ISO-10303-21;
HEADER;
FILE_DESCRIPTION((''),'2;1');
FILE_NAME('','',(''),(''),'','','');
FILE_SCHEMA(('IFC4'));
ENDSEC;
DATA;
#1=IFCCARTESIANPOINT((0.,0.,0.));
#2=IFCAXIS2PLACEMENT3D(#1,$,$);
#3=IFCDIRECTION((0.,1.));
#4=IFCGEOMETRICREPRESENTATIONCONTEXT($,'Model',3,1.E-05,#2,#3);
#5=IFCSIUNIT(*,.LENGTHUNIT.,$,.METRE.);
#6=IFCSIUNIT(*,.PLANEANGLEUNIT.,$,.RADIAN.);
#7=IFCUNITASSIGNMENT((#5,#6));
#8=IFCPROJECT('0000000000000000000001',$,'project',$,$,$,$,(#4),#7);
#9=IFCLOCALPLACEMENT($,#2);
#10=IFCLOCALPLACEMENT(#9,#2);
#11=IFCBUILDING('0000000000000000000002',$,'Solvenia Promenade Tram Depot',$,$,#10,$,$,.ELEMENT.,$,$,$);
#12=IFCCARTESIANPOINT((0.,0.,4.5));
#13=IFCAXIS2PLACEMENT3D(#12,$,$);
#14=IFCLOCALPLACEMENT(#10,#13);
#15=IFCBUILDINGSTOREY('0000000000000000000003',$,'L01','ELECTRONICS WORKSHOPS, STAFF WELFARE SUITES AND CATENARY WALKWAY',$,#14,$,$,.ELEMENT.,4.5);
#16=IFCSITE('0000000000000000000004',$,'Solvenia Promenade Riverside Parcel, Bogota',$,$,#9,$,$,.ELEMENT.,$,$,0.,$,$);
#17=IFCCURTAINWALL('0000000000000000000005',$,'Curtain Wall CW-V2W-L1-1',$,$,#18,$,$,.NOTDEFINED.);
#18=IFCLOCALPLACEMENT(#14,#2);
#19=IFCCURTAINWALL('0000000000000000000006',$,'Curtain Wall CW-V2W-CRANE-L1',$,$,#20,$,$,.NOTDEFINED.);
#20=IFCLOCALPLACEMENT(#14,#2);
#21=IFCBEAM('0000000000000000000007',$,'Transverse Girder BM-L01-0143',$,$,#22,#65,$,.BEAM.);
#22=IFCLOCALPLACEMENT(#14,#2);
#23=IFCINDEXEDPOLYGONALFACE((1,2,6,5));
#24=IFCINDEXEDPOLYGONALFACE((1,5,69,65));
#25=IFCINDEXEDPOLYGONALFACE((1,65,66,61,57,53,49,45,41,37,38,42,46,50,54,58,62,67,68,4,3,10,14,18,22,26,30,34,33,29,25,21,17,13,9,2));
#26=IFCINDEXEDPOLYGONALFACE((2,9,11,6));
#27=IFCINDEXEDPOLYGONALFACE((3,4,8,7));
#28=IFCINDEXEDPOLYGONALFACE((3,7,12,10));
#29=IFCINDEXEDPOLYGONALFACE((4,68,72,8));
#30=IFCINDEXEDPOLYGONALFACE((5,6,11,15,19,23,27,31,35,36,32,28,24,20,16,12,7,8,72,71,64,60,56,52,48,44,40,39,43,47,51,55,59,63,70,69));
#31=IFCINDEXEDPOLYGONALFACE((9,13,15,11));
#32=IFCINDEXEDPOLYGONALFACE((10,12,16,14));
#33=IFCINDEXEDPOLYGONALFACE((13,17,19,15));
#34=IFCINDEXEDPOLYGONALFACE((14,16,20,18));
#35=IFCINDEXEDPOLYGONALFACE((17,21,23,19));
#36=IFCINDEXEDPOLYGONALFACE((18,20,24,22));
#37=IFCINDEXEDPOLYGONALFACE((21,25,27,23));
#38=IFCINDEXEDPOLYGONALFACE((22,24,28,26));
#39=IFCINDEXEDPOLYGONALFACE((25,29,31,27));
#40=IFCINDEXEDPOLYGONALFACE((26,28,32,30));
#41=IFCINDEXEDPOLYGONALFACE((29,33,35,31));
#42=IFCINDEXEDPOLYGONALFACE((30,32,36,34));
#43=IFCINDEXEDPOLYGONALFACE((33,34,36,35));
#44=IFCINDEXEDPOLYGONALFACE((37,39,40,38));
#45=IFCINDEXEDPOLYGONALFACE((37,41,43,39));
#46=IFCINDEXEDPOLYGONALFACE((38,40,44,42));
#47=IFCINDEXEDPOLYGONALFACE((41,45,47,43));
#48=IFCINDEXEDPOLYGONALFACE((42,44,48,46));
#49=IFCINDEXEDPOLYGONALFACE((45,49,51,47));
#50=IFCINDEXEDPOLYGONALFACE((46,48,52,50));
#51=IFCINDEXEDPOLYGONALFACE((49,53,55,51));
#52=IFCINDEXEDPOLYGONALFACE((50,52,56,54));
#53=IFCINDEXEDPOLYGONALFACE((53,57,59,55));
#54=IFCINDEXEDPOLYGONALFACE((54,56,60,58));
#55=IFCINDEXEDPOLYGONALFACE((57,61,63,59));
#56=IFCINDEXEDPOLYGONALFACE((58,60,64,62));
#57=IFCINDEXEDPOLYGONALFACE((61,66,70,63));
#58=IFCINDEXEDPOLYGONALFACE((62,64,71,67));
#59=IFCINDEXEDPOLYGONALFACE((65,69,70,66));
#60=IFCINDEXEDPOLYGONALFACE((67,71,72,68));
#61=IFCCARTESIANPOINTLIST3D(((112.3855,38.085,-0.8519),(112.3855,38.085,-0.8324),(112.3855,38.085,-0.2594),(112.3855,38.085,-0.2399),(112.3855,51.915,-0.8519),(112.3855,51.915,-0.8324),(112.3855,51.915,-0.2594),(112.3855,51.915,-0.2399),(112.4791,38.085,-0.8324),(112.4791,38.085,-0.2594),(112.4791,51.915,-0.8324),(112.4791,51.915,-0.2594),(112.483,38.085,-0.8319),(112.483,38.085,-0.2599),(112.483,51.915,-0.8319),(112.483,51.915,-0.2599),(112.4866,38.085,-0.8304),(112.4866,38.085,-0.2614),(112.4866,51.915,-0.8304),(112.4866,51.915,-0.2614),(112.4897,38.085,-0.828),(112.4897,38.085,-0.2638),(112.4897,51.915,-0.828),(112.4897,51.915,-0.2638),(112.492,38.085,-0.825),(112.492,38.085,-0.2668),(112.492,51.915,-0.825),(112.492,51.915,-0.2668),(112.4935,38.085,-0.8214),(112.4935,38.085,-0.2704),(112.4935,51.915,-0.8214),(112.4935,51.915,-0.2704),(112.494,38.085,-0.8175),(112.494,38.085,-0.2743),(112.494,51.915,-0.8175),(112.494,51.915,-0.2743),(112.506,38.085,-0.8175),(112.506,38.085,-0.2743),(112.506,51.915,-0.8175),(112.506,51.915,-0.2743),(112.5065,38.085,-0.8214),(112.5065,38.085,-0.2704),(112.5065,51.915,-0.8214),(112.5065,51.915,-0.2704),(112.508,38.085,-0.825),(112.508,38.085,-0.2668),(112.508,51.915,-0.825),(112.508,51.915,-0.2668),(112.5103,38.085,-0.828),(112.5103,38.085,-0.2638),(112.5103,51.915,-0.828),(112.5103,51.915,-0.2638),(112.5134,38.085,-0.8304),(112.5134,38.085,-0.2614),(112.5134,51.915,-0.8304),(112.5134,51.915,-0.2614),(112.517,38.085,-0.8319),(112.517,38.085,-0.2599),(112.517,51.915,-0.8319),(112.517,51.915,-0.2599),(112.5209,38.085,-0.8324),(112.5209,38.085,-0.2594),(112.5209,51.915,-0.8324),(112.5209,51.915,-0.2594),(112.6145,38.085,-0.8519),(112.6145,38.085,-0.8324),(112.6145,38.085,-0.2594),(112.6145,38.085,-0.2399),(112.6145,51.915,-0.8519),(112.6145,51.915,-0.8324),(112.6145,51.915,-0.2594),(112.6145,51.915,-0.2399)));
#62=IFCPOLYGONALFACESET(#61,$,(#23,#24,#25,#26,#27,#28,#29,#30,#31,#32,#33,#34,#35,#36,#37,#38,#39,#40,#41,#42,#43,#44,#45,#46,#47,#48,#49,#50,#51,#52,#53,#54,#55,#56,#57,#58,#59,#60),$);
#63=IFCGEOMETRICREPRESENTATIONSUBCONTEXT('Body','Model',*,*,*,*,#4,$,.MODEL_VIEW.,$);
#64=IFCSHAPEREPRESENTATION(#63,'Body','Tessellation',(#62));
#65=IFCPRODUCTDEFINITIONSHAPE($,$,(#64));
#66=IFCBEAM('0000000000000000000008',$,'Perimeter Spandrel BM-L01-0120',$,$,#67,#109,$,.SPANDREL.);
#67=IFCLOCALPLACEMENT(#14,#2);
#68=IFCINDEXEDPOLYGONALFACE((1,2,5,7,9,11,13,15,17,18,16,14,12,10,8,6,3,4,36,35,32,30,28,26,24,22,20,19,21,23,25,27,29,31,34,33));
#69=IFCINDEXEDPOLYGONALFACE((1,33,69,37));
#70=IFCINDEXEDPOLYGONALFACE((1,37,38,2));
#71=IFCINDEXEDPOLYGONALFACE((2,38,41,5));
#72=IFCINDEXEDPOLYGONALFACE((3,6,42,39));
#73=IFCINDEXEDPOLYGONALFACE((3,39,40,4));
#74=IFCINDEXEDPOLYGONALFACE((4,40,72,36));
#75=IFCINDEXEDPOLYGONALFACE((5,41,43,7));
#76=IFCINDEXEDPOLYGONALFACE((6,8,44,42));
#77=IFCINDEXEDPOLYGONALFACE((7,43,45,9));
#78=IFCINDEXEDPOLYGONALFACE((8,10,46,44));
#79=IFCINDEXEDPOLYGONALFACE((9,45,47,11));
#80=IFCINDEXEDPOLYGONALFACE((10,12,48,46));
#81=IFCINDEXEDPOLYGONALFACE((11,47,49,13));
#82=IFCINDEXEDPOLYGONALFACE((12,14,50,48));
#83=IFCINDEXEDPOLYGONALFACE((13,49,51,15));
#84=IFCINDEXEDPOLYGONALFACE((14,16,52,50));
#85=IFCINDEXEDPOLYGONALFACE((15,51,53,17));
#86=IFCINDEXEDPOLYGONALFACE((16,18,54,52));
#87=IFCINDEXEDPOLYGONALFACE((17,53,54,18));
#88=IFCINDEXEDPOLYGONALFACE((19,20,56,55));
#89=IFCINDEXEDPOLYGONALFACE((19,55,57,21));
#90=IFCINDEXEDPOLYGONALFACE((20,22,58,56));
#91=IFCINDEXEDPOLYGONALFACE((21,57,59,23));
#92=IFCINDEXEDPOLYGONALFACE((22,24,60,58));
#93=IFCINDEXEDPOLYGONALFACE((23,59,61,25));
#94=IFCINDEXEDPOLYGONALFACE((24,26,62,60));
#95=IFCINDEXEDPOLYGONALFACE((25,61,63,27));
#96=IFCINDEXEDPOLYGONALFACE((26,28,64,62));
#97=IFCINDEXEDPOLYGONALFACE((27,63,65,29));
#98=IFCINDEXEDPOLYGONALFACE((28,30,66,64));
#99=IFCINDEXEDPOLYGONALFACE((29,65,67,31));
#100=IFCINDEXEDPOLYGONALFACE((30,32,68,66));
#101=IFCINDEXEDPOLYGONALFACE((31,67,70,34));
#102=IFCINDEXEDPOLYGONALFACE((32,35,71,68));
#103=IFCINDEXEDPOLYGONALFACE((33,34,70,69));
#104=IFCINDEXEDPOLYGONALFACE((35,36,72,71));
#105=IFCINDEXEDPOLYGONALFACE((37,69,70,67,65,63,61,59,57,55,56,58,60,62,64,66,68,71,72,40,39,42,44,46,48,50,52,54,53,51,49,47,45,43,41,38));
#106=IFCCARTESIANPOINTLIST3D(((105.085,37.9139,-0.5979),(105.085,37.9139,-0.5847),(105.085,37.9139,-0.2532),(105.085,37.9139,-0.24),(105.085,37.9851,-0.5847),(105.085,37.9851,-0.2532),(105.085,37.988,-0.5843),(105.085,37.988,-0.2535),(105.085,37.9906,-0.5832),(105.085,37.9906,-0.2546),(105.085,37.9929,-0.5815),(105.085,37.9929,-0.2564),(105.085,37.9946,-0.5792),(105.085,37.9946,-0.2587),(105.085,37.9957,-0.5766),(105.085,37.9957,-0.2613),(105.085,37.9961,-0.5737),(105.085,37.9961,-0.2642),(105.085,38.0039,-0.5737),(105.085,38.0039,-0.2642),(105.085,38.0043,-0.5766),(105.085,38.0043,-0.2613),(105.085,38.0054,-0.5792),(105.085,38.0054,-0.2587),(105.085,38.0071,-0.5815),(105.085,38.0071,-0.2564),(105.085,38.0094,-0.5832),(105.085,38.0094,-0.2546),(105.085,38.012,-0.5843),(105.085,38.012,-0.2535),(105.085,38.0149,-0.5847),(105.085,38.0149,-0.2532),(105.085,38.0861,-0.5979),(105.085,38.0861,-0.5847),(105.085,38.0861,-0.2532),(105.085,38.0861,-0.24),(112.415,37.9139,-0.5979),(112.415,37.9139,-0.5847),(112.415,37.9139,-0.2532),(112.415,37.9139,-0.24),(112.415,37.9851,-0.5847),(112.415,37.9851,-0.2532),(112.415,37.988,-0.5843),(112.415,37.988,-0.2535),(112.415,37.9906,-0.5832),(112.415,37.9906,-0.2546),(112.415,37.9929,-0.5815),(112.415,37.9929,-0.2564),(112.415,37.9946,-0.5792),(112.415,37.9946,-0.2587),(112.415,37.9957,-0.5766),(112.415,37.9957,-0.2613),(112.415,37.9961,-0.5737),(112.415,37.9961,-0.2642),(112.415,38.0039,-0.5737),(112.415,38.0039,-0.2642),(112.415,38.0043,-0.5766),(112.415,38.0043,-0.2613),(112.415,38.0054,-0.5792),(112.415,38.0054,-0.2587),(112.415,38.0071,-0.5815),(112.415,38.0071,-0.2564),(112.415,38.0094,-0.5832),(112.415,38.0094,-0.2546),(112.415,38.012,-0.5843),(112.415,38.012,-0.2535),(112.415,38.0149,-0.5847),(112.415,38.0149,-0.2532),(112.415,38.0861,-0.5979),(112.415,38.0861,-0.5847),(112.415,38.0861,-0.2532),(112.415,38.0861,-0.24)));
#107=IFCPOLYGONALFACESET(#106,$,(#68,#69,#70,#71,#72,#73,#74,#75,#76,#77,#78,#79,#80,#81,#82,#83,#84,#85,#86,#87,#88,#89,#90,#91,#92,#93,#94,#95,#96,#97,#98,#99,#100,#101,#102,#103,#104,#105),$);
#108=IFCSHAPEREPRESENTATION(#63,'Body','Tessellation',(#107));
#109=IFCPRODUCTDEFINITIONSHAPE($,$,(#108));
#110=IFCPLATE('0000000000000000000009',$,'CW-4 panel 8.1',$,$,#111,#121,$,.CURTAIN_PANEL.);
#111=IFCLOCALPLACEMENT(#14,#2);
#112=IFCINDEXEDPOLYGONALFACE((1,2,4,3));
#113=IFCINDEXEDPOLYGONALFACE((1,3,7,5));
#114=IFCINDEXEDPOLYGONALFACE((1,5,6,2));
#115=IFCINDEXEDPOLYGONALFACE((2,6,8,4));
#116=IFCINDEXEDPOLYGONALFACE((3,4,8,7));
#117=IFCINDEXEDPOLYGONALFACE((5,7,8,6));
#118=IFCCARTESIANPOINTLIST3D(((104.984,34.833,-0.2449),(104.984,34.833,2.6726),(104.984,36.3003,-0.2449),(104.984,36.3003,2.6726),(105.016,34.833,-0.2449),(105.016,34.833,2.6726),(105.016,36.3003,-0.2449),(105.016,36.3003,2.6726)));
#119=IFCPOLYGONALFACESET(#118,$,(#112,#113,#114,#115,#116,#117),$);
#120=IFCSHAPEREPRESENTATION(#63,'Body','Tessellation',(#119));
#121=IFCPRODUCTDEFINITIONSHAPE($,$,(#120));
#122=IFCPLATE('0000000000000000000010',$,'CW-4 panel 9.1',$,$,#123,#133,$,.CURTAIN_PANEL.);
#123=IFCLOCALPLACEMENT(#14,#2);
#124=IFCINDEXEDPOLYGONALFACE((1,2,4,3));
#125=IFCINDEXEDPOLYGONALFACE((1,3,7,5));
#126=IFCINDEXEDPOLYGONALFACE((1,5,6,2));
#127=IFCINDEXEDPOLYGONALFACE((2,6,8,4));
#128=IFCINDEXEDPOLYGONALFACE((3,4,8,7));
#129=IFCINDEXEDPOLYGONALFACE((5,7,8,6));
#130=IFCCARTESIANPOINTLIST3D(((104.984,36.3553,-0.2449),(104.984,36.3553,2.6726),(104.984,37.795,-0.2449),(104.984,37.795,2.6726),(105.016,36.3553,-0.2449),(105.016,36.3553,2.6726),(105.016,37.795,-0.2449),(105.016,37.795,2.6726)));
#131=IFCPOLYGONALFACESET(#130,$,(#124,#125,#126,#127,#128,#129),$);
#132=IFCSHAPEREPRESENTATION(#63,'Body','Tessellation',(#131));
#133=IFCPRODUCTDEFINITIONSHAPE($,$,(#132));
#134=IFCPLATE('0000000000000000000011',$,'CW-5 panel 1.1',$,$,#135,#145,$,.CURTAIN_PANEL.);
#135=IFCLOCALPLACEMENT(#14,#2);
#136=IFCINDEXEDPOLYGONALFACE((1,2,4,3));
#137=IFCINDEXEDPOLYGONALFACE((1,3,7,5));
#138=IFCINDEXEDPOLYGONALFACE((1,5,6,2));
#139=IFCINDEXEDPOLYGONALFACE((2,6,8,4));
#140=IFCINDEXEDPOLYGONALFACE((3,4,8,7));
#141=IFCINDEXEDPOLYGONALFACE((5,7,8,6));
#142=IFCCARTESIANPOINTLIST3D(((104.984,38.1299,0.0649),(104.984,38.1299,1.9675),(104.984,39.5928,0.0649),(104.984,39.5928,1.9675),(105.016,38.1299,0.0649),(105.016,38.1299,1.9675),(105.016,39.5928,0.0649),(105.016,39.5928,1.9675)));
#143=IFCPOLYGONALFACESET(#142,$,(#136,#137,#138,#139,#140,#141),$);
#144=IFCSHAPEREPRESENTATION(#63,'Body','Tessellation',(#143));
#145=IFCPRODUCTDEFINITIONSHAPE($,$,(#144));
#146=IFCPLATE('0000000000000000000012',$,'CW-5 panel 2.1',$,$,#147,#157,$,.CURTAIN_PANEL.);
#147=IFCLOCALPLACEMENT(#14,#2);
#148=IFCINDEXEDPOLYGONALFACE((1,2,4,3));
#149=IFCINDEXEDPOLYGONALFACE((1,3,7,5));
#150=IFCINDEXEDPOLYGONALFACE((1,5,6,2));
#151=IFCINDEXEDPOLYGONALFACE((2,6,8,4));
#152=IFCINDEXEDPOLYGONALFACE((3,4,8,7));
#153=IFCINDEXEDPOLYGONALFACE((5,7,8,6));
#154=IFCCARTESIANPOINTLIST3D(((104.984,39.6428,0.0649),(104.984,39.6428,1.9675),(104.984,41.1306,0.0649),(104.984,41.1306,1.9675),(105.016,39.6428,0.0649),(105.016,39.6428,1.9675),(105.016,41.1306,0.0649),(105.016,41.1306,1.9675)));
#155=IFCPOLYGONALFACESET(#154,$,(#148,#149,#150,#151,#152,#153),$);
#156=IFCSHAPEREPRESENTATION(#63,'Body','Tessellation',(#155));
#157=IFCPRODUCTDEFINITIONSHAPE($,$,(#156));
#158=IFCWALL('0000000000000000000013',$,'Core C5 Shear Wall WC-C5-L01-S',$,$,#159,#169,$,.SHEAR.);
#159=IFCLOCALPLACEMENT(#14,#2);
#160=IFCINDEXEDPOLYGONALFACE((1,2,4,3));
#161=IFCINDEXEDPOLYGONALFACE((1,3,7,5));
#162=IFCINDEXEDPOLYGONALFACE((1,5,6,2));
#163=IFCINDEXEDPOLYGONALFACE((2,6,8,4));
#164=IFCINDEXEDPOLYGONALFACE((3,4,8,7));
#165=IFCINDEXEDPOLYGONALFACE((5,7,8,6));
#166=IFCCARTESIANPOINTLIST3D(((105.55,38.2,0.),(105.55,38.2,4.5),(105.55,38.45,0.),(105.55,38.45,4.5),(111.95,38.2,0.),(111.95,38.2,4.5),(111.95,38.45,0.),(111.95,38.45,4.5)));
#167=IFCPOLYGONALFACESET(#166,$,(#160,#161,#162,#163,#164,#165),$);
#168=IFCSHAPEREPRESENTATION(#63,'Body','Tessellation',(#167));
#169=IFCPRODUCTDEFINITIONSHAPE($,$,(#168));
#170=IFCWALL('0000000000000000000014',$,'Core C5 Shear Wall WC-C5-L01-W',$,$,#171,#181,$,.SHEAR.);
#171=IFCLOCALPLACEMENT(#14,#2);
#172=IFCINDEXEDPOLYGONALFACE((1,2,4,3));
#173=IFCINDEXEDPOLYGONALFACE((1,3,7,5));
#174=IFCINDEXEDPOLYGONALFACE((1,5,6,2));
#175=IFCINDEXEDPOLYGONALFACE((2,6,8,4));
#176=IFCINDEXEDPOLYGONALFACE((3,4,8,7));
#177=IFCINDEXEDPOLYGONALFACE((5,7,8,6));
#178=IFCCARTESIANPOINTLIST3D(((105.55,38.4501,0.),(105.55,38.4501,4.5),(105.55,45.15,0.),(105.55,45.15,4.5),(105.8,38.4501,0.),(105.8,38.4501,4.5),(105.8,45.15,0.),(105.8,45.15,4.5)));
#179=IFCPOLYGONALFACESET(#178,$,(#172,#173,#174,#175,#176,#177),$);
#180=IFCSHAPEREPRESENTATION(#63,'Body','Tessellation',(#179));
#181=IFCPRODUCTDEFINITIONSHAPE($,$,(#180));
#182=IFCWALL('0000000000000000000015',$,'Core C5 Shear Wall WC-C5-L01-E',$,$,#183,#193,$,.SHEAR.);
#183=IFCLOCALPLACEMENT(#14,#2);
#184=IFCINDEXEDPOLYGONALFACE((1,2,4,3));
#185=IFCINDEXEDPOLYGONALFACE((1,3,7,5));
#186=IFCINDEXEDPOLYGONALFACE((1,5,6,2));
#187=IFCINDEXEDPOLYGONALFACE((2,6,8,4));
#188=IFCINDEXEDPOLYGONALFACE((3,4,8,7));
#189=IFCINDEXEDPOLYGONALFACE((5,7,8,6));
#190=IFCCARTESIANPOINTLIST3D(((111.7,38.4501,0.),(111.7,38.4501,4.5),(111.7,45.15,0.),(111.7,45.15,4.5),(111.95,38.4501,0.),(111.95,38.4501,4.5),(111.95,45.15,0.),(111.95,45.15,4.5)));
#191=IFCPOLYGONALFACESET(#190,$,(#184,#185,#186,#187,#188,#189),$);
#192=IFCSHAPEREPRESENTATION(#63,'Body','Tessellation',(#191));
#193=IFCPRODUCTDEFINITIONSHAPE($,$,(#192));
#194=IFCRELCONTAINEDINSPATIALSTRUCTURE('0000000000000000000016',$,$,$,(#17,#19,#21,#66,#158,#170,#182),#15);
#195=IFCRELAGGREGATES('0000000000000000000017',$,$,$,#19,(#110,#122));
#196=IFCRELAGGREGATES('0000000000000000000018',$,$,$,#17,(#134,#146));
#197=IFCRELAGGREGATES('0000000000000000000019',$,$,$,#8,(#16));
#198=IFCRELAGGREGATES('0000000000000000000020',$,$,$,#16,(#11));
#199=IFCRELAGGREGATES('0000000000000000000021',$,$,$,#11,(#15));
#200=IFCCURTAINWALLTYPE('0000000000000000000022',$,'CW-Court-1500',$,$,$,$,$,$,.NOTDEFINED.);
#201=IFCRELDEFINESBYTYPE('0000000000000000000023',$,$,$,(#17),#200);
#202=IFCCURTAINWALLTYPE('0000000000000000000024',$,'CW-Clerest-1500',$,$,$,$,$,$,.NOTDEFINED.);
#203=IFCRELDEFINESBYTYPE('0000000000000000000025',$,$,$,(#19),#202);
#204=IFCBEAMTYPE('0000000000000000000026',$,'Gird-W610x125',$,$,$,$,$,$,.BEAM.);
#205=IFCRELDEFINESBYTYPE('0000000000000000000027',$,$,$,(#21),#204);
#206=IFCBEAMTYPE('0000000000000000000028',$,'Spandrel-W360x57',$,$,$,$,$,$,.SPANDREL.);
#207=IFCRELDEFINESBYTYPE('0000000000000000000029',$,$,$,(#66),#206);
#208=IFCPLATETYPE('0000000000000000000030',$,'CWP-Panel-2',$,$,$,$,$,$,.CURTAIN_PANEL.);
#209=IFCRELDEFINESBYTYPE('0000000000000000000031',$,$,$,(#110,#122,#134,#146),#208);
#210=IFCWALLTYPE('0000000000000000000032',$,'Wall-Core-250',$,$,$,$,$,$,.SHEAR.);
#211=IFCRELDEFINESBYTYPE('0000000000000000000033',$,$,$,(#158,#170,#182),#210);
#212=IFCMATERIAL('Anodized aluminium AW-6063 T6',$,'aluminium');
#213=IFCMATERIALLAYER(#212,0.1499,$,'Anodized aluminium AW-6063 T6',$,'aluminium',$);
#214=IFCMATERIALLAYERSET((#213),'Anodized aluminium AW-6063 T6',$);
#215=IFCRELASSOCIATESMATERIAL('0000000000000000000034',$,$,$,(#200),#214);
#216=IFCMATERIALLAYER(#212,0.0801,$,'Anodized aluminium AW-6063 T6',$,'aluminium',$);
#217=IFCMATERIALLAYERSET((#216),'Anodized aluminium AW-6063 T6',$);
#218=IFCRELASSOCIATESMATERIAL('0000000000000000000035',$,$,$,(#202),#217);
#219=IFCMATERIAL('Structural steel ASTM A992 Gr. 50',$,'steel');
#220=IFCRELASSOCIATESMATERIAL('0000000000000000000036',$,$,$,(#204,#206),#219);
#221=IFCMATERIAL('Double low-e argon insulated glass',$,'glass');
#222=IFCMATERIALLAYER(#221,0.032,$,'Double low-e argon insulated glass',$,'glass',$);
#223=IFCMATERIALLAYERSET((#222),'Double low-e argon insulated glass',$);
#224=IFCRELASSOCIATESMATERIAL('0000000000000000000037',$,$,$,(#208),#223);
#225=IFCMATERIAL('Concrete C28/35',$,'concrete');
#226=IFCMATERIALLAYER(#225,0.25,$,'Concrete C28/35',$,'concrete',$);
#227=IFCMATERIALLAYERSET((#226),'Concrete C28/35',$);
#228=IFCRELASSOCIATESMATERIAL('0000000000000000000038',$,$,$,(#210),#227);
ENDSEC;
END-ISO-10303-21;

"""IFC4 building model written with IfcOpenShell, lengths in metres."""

from ifc_helpers import new_model, si_unit, direction, frame, frame_2d, origin, origin_2d, place, context, subcontext, project, spatial, rectangle, i_section, extrude, material, layer, layer_set, material_profile, profile_set, type_object, element, aggregate, save


model = new_model("IFC4")

# Units and contexts
model_context = context("Model", 3, precision=1e-05, world=origin(), true_north=direction((0.0, 1.0)))
body_context = subcontext(model_context, "Body", "Model", "MODEL_VIEW")
ifc_project = project(units=[si_unit("LENGTHUNIT", "METRE"), si_unit("PLANEANGLEUNIT", "RADIAN")], contexts=[model_context])

# Site, building, storey
site_placement = place(None, origin())
site = spatial("IfcSite", under=ifc_project, at=site_placement, Name="Solvenia Promenade Riverside Parcel, Bogota", CompositionType="ELEMENT", RefElevation=0.0)
building_placement = place(site_placement, origin())
building = spatial("IfcBuilding", under=site, at=building_placement, Name="Solvenia Promenade Tram Depot", CompositionType="ELEMENT")
storey_placement = place(building_placement, frame((0.0, 0.0, 4.5)))
storey = spatial("IfcBuildingStorey", under=building, at=storey_placement, Name="L01", Description="ELECTRONICS WORKSHOPS, STAFF WELFARE SUITES AND CATENARY WALKWAY", CompositionType="ELEMENT", Elevation=4.5)

# Shared definitions
ifc_material_1 = material(Name="Structural steel ASTM A992 Gr. 50", Category="steel")

# Curtain walls
ifc_material_2 = material(Name="Anodized aluminium AW-6063 T6", Category="aluminium")
ifc_layer_1 = layer(ifc_material_2, 0.1499, Name="Anodized aluminium AW-6063 T6", Category="aluminium")
ifc_layer_set_1 = layer_set([ifc_layer_1], Name="Anodized aluminium AW-6063 T6")
curtain_wall_type_1 = type_object("IfcCurtainWallType", Name="CW-Court-1500", PredefinedType="NOTDEFINED", material=ifc_layer_set_1)
curtain_wall_1_placement = place(storey_placement, origin())
curtain_wall_1 = element("IfcCurtainWall", 1, at=curtain_wall_1_placement, inside=storey, type_object=curtain_wall_type_1, Name="Curtain Wall CW-V2W-L1-1", PredefinedType="NOTDEFINED")
ifc_layer_2 = layer(ifc_material_2, 0.0801, Name="Anodized aluminium AW-6063 T6", Category="aluminium")
ifc_layer_set_2 = layer_set([ifc_layer_2], Name="Anodized aluminium AW-6063 T6")
curtain_wall_type_2 = type_object("IfcCurtainWallType", Name="CW-Clerest-1500", PredefinedType="NOTDEFINED", material=ifc_layer_set_2)
curtain_wall_2_placement = place(storey_placement, origin())
curtain_wall_2 = element("IfcCurtainWall", 2, at=curtain_wall_2_placement, inside=storey, type_object=curtain_wall_type_2, Name="Curtain Wall CW-V2W-CRANE-L1", PredefinedType="NOTDEFINED")

# Beams
ifc_material_profile_1 = material_profile(ifc_material_1, i_section(OverallWidth=0.229, OverallDepth=0.6121, WebThickness=0.012, FlangeThickness=0.0195, FilletRadius=0.0149, at=origin_2d()), Name="W610x125", Category="steel")
ifc_profile_set_1 = profile_set([ifc_material_profile_1], Name="Structural steel ASTM A992 Gr. 50")
beam_type_1 = type_object("IfcBeamType", Name="Gird-W610x125", PredefinedType="BEAM", material=ifc_profile_set_1)
for number, where, z_axis, x_axis, name in (
    (3, (112.5, 38.085, -0.5459), (0.0, 1.0, 0.0), (-1.0, 0.0, 0.0), "Transverse Girder BM-L01-0143"),
):
    element("IfcBeam", number, at=place(storey_placement, frame(where, z_axis=z_axis, x_axis=x_axis)), inside=storey, type_object=beam_type_1, Name=name, PredefinedType="BEAM", context=body_context, shape_type="SweptSolid", body=[
        extrude(i_section(OverallWidth=0.229, OverallDepth=0.6121, WebThickness=0.012, FlangeThickness=0.0195, FilletRadius=0.0149, at=origin_2d()), origin(), (0.0, 0.0, 1.0), 13.8301),
    ])
ifc_material_profile_2 = material_profile(ifc_material_1, i_section(OverallWidth=0.1721, OverallDepth=0.3579, WebThickness=0.0078, FlangeThickness=0.0132, FilletRadius=0.011, at=origin_2d()), Name="W360x57", Category="steel")
ifc_profile_set_2 = profile_set([ifc_material_profile_2], Name="Structural steel ASTM A992 Gr. 50")
beam_type_2 = type_object("IfcBeamType", Name="Spandrel-W360x57", PredefinedType="SPANDREL", material=ifc_profile_set_2)
beam_placement = place(storey_placement, frame((105.085, 38.0, -0.4189), z_axis=(1.0, 0.0, 0.0), x_axis=(0.0, 1.0, 0.0)))
element("IfcBeam", 4, at=beam_placement, inside=storey, type_object=beam_type_2, Name="Perimeter Spandrel BM-L01-0120", PredefinedType="SPANDREL", context=body_context, shape_type="SweptSolid", body=[
    extrude(i_section(OverallWidth=0.1721, OverallDepth=0.3579, WebThickness=0.0078, FlangeThickness=0.0132, FilletRadius=0.011, at=origin_2d()), origin(), (0.0, 0.0, 1.0), 7.3301),
])

# Plates
ifc_material_3 = material(Name="Double low-e argon insulated glass", Category="glass")
ifc_layer_3 = layer(ifc_material_3, 0.032, Name="Double low-e argon insulated glass", Category="glass")
ifc_layer_set_3 = layer_set([ifc_layer_3], Name="Double low-e argon insulated glass")
plate_type = type_object("IfcPlateType", Name="CWP-Panel-2", PredefinedType="CURTAIN_PANEL", material=ifc_layer_set_3)
plate_1_placement = place(storey_placement, frame((105.0, 35.5667, -0.2449), z_axis=(0.0, 0.0, 1.0), x_axis=(0.0, 1.0, 0.0)))
plate_1 = element("IfcPlate", 5, at=plate_1_placement, type_object=plate_type, Name="CW-4 panel 8.1", PredefinedType="CURTAIN_PANEL", context=body_context, shape_type="SweptSolid", body=[
    extrude(rectangle(XDim=1.4673, YDim=0.032, at=origin_2d()), origin(), (0.0, 0.0, 1.0), 2.9175),
])
plate_2_placement = place(storey_placement, frame((105.0, 37.0752, -0.2449), z_axis=(0.0, 0.0, 1.0), x_axis=(0.0, 1.0, 0.0)))
plate_2 = element("IfcPlate", 6, at=plate_2_placement, type_object=plate_type, Name="CW-4 panel 9.1", PredefinedType="CURTAIN_PANEL", context=body_context, shape_type="SweptSolid", body=[
    extrude(rectangle(XDim=1.4397, YDim=0.032, at=origin_2d()), origin(), (0.0, 0.0, 1.0), 2.9175),
])
aggregate(curtain_wall_2, [plate_1, plate_2])
plate_3_placement = place(storey_placement, frame((105.0, 38.8613, 0.0649), z_axis=(0.0, 0.0, 1.0), x_axis=(0.0, 1.0, 0.0)))
plate_3 = element("IfcPlate", 7, at=plate_3_placement, type_object=plate_type, Name="CW-5 panel 1.1", PredefinedType="CURTAIN_PANEL", context=body_context, shape_type="SweptSolid", body=[
    extrude(rectangle(XDim=1.4629, YDim=0.032, at=origin_2d()), origin(), (0.0, 0.0, 1.0), 1.9026),
])
plate_4_placement = place(storey_placement, frame((105.0, 40.3867, 0.0649), z_axis=(0.0, 0.0, 1.0), x_axis=(0.0, 1.0, 0.0)))
plate_4 = element("IfcPlate", 8, at=plate_4_placement, type_object=plate_type, Name="CW-5 panel 2.1", PredefinedType="CURTAIN_PANEL", context=body_context, shape_type="SweptSolid", body=[
    extrude(rectangle(XDim=1.4878, YDim=0.032, at=origin_2d()), origin(), (0.0, 0.0, 1.0), 1.9026),
])
aggregate(curtain_wall_1, [plate_3, plate_4])

# Walls
ifc_material_4 = material(Name="Concrete C28/35", Category="concrete")
ifc_layer_4 = layer(ifc_material_4, 0.25, Name="Concrete C28/35", Category="concrete")
ifc_layer_set_4 = layer_set([ifc_layer_4], Name="Concrete C28/35")
wall_type_1 = type_object("IfcWallType", Name="Wall-Core-250", PredefinedType="SHEAR", material=ifc_layer_set_4)
wall_1_placement = place(storey_placement, frame((105.55, 38.325, 0.0), z_axis=(0.0, 0.0, 1.0), x_axis=(1.0, 0.0, 0.0)))
element("IfcWall", 9, at=wall_1_placement, inside=storey, type_object=wall_type_1, Name="Core C5 Shear Wall WC-C5-L01-S", PredefinedType="SHEAR", context=body_context, shape_type="SweptSolid", body=[
    extrude(rectangle(XDim=6.3999, YDim=0.25, at=frame_2d((3.2, 0.0))), origin(), (0.0, 0.0, 1.0), 4.5),
])
for number, where, z_axis, x_axis, name in (
    (10, (105.675, 38.45, 0.0), (0.0, 0.0, 1.0), (0.0, 1.0, 0.0), "Core C5 Shear Wall WC-C5-L01-W"),
    (11, (111.825, 38.45, 0.0), (0.0, 0.0, 1.0), (0.0, 1.0, 0.0), "Core C5 Shear Wall WC-C5-L01-E"),
):
    element("IfcWall", number, at=place(storey_placement, frame(where, z_axis=z_axis, x_axis=x_axis)), inside=storey, type_object=wall_type_1, Name=name, PredefinedType="SHEAR", context=body_context, shape_type="SweptSolid", body=[
        extrude(rectangle(XDim=6.7, YDim=0.25, at=frame_2d((3.3501, 0.0))), origin(), (0.0, 0.0, 1.0), 4.5),
    ])

save(model, "model.ifc")
